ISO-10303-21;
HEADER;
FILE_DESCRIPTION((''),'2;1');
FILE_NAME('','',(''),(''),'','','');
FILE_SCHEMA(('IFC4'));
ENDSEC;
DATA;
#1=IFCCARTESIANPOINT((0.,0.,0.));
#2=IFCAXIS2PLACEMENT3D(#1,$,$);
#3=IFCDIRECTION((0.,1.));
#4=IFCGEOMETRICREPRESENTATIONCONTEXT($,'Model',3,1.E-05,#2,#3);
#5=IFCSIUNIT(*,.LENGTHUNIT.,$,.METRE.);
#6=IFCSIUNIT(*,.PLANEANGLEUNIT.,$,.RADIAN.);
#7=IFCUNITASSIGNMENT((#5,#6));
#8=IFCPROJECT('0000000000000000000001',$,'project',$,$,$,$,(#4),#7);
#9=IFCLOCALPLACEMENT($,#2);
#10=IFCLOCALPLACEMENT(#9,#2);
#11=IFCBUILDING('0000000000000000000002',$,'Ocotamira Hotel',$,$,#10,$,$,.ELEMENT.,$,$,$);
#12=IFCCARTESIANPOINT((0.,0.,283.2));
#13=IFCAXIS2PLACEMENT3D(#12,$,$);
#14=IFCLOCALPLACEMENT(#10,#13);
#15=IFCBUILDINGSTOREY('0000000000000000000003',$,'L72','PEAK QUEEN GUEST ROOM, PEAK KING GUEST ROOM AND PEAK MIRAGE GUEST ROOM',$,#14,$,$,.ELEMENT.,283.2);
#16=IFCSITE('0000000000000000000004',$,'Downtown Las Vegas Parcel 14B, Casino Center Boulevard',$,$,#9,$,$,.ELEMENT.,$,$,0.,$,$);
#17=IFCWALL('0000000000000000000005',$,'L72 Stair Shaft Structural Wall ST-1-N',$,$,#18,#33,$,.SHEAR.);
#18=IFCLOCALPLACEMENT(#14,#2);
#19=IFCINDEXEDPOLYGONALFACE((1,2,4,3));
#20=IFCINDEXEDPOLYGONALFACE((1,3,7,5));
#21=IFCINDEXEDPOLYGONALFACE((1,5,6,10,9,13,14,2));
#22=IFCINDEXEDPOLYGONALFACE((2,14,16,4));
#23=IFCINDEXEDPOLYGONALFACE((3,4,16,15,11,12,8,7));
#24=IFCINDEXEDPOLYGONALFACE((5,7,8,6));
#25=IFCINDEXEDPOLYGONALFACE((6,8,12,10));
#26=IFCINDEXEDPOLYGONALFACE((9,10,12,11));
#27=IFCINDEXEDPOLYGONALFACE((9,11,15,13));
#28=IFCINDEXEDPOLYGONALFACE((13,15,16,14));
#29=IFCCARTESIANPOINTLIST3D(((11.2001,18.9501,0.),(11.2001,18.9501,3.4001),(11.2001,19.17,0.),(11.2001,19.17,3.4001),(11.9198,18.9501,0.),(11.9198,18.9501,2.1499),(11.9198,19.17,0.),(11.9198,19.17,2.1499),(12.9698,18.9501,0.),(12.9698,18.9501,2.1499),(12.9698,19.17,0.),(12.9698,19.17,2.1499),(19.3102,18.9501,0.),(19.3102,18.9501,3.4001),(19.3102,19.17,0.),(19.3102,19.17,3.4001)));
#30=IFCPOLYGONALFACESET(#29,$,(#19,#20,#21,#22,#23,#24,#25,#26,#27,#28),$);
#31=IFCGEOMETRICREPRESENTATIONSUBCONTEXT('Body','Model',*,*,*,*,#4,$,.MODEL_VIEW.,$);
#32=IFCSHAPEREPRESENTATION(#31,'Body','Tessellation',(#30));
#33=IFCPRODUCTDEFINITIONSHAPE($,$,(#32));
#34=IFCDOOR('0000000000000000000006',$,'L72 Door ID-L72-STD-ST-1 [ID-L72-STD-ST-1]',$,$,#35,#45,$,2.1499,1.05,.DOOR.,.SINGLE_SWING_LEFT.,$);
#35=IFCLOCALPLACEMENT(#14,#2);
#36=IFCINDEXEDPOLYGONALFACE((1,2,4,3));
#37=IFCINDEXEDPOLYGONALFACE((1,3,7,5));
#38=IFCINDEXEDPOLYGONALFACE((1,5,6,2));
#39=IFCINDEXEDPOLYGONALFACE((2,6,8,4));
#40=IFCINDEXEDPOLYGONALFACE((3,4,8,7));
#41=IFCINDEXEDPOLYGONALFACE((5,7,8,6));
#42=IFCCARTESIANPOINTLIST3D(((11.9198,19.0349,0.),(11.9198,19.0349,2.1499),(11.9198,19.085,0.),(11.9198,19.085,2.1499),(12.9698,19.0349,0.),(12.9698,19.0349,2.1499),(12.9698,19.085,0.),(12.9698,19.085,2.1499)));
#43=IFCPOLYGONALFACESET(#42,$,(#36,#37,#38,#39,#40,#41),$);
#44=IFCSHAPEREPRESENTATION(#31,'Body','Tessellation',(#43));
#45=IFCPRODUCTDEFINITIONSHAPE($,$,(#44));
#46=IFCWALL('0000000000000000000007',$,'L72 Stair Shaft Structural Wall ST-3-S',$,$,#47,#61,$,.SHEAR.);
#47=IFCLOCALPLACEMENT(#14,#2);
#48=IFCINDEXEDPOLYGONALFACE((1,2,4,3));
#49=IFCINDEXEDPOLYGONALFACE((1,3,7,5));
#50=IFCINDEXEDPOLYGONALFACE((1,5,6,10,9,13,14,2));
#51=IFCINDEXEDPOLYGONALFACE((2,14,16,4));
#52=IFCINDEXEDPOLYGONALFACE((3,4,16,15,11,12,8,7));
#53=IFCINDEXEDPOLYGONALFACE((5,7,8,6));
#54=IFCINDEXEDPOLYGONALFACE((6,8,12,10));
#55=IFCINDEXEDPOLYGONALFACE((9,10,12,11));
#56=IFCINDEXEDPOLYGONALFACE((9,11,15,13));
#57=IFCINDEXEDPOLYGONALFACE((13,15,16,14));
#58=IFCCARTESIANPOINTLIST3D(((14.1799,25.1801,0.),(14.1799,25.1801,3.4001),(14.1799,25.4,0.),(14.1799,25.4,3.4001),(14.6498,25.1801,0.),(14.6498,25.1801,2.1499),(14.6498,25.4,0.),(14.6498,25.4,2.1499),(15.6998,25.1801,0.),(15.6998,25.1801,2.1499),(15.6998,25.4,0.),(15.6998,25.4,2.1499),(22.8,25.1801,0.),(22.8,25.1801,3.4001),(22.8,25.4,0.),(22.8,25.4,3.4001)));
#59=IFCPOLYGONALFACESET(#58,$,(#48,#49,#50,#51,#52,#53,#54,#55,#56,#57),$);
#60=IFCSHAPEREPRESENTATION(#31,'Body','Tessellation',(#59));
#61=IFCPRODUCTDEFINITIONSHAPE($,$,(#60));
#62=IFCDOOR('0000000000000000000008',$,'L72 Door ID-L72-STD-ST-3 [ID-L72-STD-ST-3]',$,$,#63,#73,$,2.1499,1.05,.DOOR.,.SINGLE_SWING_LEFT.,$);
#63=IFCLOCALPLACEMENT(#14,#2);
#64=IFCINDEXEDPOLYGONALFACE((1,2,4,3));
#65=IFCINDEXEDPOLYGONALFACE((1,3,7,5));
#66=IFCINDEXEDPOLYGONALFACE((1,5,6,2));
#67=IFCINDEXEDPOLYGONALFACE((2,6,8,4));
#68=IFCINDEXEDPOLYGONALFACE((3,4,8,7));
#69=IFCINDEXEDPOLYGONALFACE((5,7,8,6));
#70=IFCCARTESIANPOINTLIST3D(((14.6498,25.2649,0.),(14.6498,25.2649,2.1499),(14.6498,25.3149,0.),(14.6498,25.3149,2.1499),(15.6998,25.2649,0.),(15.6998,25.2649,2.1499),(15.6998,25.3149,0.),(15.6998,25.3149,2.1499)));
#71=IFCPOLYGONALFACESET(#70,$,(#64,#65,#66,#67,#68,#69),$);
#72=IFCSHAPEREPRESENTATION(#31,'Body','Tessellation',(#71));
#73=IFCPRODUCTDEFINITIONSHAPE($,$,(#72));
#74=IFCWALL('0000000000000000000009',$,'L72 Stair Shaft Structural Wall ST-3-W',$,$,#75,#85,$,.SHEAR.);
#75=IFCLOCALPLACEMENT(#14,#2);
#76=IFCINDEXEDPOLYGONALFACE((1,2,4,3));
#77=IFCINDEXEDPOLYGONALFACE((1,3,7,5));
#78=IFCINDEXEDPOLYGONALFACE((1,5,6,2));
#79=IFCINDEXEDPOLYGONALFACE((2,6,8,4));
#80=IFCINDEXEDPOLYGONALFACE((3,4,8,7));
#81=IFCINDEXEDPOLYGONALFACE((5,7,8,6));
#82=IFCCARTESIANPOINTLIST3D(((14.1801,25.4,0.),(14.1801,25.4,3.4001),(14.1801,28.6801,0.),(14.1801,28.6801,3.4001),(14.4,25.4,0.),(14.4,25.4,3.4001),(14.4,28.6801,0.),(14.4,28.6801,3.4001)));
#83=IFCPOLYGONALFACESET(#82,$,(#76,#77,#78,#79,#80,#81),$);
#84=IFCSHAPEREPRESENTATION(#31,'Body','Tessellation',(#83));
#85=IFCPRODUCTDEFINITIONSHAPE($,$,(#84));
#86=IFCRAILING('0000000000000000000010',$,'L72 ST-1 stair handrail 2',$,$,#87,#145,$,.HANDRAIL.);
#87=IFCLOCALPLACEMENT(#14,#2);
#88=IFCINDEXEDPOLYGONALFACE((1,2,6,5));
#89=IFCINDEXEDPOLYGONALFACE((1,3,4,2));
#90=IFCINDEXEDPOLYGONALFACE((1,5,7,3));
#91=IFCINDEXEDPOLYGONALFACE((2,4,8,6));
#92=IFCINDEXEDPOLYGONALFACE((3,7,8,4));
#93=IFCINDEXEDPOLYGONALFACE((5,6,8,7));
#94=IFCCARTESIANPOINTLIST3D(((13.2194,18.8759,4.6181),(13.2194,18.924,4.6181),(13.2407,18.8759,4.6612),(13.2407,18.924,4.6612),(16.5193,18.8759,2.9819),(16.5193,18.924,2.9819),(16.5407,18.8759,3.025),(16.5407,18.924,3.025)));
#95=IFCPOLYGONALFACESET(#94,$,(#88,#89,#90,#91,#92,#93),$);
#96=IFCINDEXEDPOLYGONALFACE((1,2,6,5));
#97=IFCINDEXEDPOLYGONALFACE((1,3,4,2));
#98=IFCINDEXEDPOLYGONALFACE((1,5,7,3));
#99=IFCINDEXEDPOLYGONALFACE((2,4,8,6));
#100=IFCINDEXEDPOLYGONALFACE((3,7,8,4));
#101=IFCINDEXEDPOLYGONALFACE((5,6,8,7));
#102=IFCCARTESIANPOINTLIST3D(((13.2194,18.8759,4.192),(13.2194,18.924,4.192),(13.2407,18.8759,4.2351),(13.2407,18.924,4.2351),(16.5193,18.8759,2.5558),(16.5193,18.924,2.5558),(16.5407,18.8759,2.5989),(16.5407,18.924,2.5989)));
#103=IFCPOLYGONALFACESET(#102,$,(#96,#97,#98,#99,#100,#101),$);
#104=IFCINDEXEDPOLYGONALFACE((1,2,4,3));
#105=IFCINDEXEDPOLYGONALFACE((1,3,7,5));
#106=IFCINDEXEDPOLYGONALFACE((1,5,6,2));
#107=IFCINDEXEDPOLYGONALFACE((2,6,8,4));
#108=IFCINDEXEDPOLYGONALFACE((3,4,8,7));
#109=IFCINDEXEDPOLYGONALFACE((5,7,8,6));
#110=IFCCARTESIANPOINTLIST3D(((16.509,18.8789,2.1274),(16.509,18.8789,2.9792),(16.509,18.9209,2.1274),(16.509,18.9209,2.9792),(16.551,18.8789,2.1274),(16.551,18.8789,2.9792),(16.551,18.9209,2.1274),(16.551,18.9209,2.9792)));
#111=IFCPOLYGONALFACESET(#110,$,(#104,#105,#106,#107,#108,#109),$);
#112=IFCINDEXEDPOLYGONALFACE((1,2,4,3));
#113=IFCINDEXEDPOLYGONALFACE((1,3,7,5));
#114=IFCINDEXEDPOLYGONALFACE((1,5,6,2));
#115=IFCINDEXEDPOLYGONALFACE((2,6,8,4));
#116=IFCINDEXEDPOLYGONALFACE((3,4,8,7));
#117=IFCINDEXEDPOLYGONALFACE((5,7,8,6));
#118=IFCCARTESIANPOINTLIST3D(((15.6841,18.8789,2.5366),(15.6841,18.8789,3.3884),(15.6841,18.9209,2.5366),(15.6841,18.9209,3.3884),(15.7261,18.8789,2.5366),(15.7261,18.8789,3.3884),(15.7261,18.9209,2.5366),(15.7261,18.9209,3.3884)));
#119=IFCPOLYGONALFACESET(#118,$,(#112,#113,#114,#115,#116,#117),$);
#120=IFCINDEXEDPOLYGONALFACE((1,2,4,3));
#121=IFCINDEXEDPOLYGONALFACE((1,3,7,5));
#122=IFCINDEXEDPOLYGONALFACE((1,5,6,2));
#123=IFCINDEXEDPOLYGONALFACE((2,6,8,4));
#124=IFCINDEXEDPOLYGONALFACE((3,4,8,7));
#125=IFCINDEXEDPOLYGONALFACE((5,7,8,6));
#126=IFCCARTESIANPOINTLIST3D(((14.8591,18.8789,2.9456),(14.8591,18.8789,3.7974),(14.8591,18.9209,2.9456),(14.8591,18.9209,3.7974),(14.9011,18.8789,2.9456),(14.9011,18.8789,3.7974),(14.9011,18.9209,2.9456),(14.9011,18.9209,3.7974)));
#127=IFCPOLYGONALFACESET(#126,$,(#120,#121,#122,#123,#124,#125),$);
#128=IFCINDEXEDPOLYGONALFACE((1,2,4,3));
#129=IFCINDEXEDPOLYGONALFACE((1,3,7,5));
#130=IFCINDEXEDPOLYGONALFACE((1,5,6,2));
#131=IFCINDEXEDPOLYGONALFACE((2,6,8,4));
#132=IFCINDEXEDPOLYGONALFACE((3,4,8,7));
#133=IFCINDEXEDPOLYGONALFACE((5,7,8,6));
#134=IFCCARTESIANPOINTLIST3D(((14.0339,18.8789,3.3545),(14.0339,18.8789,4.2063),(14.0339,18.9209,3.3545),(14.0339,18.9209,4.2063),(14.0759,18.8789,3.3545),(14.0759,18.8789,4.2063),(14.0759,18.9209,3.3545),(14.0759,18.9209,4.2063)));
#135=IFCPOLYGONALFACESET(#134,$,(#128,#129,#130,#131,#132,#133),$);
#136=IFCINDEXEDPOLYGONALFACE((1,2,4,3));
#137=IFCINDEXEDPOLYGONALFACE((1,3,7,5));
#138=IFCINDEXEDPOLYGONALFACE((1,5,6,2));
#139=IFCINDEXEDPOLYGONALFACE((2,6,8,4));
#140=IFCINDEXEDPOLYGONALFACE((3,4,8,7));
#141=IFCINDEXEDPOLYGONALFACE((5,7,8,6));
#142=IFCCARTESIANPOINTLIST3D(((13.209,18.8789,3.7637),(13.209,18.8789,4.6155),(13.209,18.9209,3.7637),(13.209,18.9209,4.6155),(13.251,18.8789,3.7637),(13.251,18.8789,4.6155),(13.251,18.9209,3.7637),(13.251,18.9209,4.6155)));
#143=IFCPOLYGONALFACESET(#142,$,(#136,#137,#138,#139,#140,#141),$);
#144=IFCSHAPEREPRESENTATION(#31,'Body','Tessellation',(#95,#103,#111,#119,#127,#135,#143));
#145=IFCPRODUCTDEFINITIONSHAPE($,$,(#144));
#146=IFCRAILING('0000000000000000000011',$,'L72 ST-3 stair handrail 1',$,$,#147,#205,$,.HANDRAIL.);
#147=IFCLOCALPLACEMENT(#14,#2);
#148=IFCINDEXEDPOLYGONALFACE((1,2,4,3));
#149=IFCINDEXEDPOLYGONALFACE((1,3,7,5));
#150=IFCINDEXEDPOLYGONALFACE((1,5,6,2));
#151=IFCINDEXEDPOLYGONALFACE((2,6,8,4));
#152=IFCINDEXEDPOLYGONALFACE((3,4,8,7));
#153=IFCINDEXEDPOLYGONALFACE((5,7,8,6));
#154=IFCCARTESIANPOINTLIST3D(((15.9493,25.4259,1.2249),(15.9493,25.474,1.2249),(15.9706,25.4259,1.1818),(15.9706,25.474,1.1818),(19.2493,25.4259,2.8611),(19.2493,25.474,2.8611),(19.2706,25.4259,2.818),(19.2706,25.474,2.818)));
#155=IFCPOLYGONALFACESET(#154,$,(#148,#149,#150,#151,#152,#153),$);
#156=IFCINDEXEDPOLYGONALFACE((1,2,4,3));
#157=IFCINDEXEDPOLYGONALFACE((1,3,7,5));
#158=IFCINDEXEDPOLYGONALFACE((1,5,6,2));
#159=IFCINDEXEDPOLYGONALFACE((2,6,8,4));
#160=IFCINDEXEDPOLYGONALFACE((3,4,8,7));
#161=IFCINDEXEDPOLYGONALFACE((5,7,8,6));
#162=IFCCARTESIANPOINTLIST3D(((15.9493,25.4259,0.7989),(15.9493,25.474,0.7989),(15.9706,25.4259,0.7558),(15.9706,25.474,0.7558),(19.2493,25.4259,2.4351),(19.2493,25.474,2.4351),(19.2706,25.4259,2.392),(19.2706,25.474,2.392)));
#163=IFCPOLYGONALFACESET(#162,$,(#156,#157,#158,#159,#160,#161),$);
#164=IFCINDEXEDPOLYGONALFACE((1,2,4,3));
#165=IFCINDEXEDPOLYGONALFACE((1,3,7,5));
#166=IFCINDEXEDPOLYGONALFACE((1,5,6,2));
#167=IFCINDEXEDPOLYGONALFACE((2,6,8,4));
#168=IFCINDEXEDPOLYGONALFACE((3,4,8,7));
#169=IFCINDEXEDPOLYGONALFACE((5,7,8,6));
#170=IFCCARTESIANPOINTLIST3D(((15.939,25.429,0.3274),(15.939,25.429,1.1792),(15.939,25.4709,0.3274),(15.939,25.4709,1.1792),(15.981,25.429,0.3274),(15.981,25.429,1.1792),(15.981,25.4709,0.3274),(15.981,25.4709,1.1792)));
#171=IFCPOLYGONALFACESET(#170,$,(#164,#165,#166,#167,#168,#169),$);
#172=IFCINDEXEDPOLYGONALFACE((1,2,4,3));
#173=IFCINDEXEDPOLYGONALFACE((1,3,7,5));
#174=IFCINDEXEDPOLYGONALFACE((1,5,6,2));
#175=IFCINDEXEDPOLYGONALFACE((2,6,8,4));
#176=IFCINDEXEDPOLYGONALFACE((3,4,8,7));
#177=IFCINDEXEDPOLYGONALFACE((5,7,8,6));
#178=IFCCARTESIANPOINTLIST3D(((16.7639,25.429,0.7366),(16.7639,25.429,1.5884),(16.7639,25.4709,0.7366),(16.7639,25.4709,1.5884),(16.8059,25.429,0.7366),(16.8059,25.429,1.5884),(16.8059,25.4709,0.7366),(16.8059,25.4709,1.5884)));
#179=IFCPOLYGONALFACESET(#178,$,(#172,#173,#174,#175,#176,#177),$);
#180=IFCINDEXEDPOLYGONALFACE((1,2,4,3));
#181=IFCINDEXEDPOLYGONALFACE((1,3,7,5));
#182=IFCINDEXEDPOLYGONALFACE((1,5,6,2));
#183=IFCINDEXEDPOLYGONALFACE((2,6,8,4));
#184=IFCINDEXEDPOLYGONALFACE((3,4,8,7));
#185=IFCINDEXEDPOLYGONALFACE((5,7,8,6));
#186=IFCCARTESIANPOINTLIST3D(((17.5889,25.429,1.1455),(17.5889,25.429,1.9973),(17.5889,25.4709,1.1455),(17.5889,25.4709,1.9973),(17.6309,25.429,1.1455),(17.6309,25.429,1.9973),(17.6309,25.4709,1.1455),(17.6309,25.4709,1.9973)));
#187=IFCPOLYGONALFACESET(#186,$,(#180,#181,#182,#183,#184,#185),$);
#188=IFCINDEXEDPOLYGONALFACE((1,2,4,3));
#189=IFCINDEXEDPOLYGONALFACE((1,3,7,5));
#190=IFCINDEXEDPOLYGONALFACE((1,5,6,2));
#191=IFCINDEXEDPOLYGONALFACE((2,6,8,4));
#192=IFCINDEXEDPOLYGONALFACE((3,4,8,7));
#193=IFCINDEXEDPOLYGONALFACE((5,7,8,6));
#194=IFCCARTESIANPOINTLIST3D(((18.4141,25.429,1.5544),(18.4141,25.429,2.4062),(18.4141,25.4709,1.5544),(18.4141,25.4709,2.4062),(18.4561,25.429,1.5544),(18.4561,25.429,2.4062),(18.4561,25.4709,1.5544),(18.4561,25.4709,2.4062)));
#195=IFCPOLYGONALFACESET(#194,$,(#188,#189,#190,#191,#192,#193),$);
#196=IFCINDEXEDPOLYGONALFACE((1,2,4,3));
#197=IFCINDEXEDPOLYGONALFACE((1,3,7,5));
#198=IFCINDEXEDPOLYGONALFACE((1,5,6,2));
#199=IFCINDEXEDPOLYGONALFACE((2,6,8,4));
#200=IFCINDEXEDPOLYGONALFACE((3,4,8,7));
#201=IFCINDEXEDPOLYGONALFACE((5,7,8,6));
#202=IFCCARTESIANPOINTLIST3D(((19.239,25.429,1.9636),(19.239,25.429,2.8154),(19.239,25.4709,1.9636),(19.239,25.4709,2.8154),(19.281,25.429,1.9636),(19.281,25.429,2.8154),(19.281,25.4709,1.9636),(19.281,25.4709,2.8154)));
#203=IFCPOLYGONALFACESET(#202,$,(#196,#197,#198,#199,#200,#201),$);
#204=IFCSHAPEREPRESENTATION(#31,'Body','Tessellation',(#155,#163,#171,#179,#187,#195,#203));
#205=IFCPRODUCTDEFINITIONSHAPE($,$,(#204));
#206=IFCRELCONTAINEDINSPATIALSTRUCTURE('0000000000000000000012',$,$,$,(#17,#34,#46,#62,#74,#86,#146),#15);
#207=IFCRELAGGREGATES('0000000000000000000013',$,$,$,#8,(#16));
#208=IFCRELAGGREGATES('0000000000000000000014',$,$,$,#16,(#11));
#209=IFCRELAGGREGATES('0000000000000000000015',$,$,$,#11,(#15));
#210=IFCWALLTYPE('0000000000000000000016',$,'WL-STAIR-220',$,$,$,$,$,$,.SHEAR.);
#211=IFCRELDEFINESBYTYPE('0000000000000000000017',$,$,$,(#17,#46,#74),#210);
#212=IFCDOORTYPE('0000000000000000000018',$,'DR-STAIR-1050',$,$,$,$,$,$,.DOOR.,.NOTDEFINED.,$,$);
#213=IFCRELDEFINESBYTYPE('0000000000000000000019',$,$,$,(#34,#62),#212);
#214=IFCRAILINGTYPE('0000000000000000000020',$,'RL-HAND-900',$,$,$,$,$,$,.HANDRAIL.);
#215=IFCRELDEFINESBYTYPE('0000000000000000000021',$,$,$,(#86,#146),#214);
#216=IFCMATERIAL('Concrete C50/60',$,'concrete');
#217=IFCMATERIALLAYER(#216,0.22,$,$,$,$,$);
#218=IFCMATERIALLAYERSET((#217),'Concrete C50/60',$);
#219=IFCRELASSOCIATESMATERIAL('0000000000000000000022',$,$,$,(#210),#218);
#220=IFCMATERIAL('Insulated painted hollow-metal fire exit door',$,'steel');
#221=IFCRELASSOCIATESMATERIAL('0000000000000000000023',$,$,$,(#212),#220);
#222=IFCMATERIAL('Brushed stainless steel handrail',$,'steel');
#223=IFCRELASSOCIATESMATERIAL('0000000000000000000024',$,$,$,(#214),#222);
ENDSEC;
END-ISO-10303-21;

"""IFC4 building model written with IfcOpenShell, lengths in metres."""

from ifc_helpers import new_model, si_unit, direction, frame, frame_2d, origin, origin_2d, place, context, subcontext, project, spatial, rectangle, extrude, source, transform, mapped, material, layer, layer_set, type_object, element, fill, save


model = new_model("IFC4")

# Units and contexts
model_context = context("Model", 3, precision=1e-05, world=origin(), true_north=direction((0.0, 1.0)))
body_context = subcontext(model_context, "Body", "Model", "MODEL_VIEW")
ifc_project = project(units=[si_unit("LENGTHUNIT", "METRE"), si_unit("PLANEANGLEUNIT", "RADIAN")], contexts=[model_context])

# Site, building, storey
site_placement = place(None, origin())
site = spatial("IfcSite", under=ifc_project, at=site_placement, Name="Downtown Las Vegas Parcel 14B, Casino Center Boulevard", CompositionType="ELEMENT", RefElevation=0.0)
building_placement = place(site_placement, origin())
building = spatial("IfcBuilding", under=site, at=building_placement, Name="Ocotamira Hotel", CompositionType="ELEMENT")
storey_placement = place(building_placement, frame((0.0, 0.0, 283.2)))
storey = spatial("IfcBuildingStorey", under=building, at=storey_placement, Name="L72", Description="PEAK QUEEN GUEST ROOM, PEAK KING GUEST ROOM AND PEAK MIRAGE GUEST ROOM", CompositionType="ELEMENT", Elevation=283.2)

# Shared definitions
ifc_material_1 = material(Name="Concrete C50/60", Category="concrete")

# Walls, openings, doors
ifc_layer_1 = layer(ifc_material_1, 0.22)
ifc_layer_set_1 = layer_set([ifc_layer_1], Name="Concrete C50/60")
wall_type_1 = type_object("IfcWallType", Name="WL-STAIR-220", PredefinedType="SHEAR", material=ifc_layer_set_1)
wall_1_placement = place(storey_placement, frame((11.2, 19.0601, 0.0), z_axis=(0.0, 0.0, 1.0), x_axis=(1.0, 0.0, 0.0)))
wall_1 = element("IfcWall", 1, at=wall_1_placement, inside=storey, type_object=wall_type_1, Name="L72 Stair Shaft Structural Wall ST-1-N", PredefinedType="SHEAR", context=body_context, shape_type="SweptSolid", body=[
    extrude(rectangle(XDim=8.1101, YDim=0.22, at=frame_2d((4.0552, 0.0))), origin(), (0.0, 0.0, 1.0), 3.4001),
])
opening_1_placement = place(wall_1_placement, frame((0.72, 0.0, 0.0)))
opening_1 = element("IfcOpeningElement", 2, at=opening_1_placement, cuts=wall_1, PredefinedType="OPENING", context=body_context, shape_type="SweptSolid", body=[
    extrude(rectangle(XDim=1.05, YDim=2.1499, at=frame_2d((0.5249, 1.075))), frame((0.0, 0.1201, 0.0), z_axis=(0.0, -1.0, 0.0), x_axis=(1.0, 0.0, 0.0)), (0.0, 0.0, 1.0), 0.24),
])
ifc_material_2 = material(Name="Insulated painted hollow-metal fire exit door", Category="steel")
door_type_1 = type_object("IfcDoorType", Name="DR-STAIR-1050", OperationType="NOTDEFINED", PredefinedType="DOOR", material=ifc_material_2)
shared_shape_1 = source(origin(), body_context, "Body", "SweptSolid", [
    extrude(rectangle(XDim=1.05, YDim=2.1499, at=frame_2d((0.5249, 1.075))), frame((0.0, 0.0249, 0.0), z_axis=(0.0, -1.0, 0.0), x_axis=(1.0, 0.0, 0.0)), (0.0, 0.0, 1.0), 0.05),
])
door_1_placement = place(opening_1_placement, origin())
door_1 = element("IfcDoor", 3, at=door_1_placement, inside=storey, type_object=door_type_1, Name="L72 Door ID-L72-STD-ST-1 [ID-L72-STD-ST-1]", OperationType="SINGLE_SWING_LEFT", OverallHeight=2.1499, OverallWidth=1.05, PredefinedType="DOOR", context=body_context, shape_type="MappedRepresentation", body=[
    mapped(shared_shape_1, transform((0.0, 0.0, 0.0), scale=1.0)),
])
fill(opening_1, door_1)
wall_2_placement = place(storey_placement, frame((14.1799, 25.29, 0.0), z_axis=(0.0, 0.0, 1.0), x_axis=(1.0, 0.0, 0.0)))
wall_2 = element("IfcWall", 4, at=wall_2_placement, inside=storey, type_object=wall_type_1, Name="L72 Stair Shaft Structural Wall ST-3-S", PredefinedType="SHEAR", context=body_context, shape_type="SweptSolid", body=[
    extrude(rectangle(XDim=8.6201, YDim=0.22, at=frame_2d((4.3101, 0.0))), origin(), (0.0, 0.0, 1.0), 3.4001),
])
opening_2_placement = place(wall_2_placement, frame((0.47, 0.0, 0.0)))
opening_2 = element("IfcOpeningElement", 5, at=opening_2_placement, cuts=wall_2, PredefinedType="OPENING", context=body_context, shape_type="SweptSolid", body=[
    extrude(rectangle(XDim=1.05, YDim=2.1499, at=frame_2d((0.5249, 1.075))), frame((0.0, 0.1201, 0.0), z_axis=(0.0, -1.0, 0.0), x_axis=(1.0, 0.0, 0.0)), (0.0, 0.0, 1.0), 0.24),
])
door_2_placement = place(opening_2_placement, origin())
door_2 = element("IfcDoor", 6, at=door_2_placement, inside=storey, type_object=door_type_1, Name="L72 Door ID-L72-STD-ST-3 [ID-L72-STD-ST-3]", OperationType="SINGLE_SWING_LEFT", OverallHeight=2.1499, OverallWidth=1.05, PredefinedType="DOOR", context=body_context, shape_type="MappedRepresentation", body=[
    mapped(shared_shape_1, transform((0.0, 0.0, 0.0), scale=1.0)),
])
fill(opening_2, door_2)

# Wall
wall_3_placement = place(storey_placement, frame((14.29, 25.3999, 0.0), z_axis=(0.0, 0.0, 1.0), x_axis=(0.0, 1.0, 0.0)))
element("IfcWall", 7, at=wall_3_placement, inside=storey, type_object=wall_type_1, Name="L72 Stair Shaft Structural Wall ST-3-W", PredefinedType="SHEAR", context=body_context, shape_type="SweptSolid", body=[
    extrude(rectangle(XDim=3.28, YDim=0.22, at=frame_2d((1.6401, 0.0))), origin(), (0.0, 0.0, 1.0), 3.4001),
])

# Railings
ifc_material_3 = material(Name="Brushed stainless steel handrail", Category="steel")
railing_type = type_object("IfcRailingType", Name="RL-HAND-900", PredefinedType="HANDRAIL", material=ifc_material_3)
railing_1_placement = place(storey_placement, frame((16.53, 18.8999, 2.1274)))
element("IfcRailing", 8, at=railing_1_placement, inside=storey, type_object=railing_type, Name="L72 ST-1 stair handrail 2", PredefinedType="HANDRAIL", context=body_context, shape_type="SweptSolid", body=[
    extrude(rectangle(XDim=0.0481, YDim=0.0481, at=origin_2d()), frame((0.0, 0.0, 0.876), z_axis=(-0.89592, 0.0, 0.444215), x_axis=(0.0, -1.0, 0.0)), (0.0, 0.0, 1.0), 3.6833),
    extrude(rectangle(XDim=0.0481, YDim=0.0481, at=origin_2d()), frame((0.0, 0.0, 0.45), z_axis=(-0.89592, 0.0, 0.444215), x_axis=(0.0, -1.0, 0.0)), (0.0, 0.0, 1.0), 3.6833),
    extrude(rectangle(XDim=0.042, YDim=0.042, at=origin_2d()), origin(), (0.0, 0.0, 1.0), 0.8518),
    extrude(rectangle(XDim=0.042, YDim=0.042, at=origin_2d()), frame((-0.825, 0.0, 0.4092)), (0.0, 0.0, 1.0), 0.8518),
    extrude(rectangle(XDim=0.042, YDim=0.042, at=origin_2d()), frame((-1.6499, 0.0, 0.8181)), (0.0, 0.0, 1.0), 0.8518),
    extrude(rectangle(XDim=0.042, YDim=0.042, at=origin_2d()), frame((-2.4751, 0.0, 1.2271)), (0.0, 0.0, 1.0), 0.8518),
    extrude(rectangle(XDim=0.042, YDim=0.042, at=origin_2d()), frame((-3.3, 0.0, 1.6362)), (0.0, 0.0, 1.0), 0.8518),
])
railing_2_placement = place(storey_placement, frame((15.96, 25.45, 0.3274)))
element("IfcRailing", 9, at=railing_2_placement, inside=storey, type_object=railing_type, Name="L72 ST-3 stair handrail 1", PredefinedType="HANDRAIL", context=body_context, shape_type="SweptSolid", body=[
    extrude(rectangle(XDim=0.0481, YDim=0.0481, at=origin_2d()), frame((0.0, 0.0, 0.876), z_axis=(0.89592, 0.0, 0.444215), x_axis=(0.0, 1.0, 0.0)), (0.0, 0.0, 1.0), 3.6833),
    extrude(rectangle(XDim=0.0481, YDim=0.0481, at=origin_2d()), frame((0.0, 0.0, 0.45), z_axis=(0.89592, 0.0, 0.444215), x_axis=(0.0, 1.0, 0.0)), (0.0, 0.0, 1.0), 3.6833),
    extrude(rectangle(XDim=0.042, YDim=0.042, at=origin_2d()), origin(), (0.0, 0.0, 1.0), 0.8518),
    extrude(rectangle(XDim=0.042, YDim=0.042, at=origin_2d()), frame((0.825, 0.0, 0.4092)), (0.0, 0.0, 1.0), 0.8518),
    extrude(rectangle(XDim=0.042, YDim=0.042, at=origin_2d()), frame((1.6499, 0.0, 0.8181)), (0.0, 0.0, 1.0), 0.8518),
    extrude(rectangle(XDim=0.042, YDim=0.042, at=origin_2d()), frame((2.4751, 0.0, 1.2271)), (0.0, 0.0, 1.0), 0.8518),
    extrude(rectangle(XDim=0.042, YDim=0.042, at=origin_2d()), frame((3.3, 0.0, 1.6362)), (0.0, 0.0, 1.0), 0.8518),
])

save(model, "model.ifc")
